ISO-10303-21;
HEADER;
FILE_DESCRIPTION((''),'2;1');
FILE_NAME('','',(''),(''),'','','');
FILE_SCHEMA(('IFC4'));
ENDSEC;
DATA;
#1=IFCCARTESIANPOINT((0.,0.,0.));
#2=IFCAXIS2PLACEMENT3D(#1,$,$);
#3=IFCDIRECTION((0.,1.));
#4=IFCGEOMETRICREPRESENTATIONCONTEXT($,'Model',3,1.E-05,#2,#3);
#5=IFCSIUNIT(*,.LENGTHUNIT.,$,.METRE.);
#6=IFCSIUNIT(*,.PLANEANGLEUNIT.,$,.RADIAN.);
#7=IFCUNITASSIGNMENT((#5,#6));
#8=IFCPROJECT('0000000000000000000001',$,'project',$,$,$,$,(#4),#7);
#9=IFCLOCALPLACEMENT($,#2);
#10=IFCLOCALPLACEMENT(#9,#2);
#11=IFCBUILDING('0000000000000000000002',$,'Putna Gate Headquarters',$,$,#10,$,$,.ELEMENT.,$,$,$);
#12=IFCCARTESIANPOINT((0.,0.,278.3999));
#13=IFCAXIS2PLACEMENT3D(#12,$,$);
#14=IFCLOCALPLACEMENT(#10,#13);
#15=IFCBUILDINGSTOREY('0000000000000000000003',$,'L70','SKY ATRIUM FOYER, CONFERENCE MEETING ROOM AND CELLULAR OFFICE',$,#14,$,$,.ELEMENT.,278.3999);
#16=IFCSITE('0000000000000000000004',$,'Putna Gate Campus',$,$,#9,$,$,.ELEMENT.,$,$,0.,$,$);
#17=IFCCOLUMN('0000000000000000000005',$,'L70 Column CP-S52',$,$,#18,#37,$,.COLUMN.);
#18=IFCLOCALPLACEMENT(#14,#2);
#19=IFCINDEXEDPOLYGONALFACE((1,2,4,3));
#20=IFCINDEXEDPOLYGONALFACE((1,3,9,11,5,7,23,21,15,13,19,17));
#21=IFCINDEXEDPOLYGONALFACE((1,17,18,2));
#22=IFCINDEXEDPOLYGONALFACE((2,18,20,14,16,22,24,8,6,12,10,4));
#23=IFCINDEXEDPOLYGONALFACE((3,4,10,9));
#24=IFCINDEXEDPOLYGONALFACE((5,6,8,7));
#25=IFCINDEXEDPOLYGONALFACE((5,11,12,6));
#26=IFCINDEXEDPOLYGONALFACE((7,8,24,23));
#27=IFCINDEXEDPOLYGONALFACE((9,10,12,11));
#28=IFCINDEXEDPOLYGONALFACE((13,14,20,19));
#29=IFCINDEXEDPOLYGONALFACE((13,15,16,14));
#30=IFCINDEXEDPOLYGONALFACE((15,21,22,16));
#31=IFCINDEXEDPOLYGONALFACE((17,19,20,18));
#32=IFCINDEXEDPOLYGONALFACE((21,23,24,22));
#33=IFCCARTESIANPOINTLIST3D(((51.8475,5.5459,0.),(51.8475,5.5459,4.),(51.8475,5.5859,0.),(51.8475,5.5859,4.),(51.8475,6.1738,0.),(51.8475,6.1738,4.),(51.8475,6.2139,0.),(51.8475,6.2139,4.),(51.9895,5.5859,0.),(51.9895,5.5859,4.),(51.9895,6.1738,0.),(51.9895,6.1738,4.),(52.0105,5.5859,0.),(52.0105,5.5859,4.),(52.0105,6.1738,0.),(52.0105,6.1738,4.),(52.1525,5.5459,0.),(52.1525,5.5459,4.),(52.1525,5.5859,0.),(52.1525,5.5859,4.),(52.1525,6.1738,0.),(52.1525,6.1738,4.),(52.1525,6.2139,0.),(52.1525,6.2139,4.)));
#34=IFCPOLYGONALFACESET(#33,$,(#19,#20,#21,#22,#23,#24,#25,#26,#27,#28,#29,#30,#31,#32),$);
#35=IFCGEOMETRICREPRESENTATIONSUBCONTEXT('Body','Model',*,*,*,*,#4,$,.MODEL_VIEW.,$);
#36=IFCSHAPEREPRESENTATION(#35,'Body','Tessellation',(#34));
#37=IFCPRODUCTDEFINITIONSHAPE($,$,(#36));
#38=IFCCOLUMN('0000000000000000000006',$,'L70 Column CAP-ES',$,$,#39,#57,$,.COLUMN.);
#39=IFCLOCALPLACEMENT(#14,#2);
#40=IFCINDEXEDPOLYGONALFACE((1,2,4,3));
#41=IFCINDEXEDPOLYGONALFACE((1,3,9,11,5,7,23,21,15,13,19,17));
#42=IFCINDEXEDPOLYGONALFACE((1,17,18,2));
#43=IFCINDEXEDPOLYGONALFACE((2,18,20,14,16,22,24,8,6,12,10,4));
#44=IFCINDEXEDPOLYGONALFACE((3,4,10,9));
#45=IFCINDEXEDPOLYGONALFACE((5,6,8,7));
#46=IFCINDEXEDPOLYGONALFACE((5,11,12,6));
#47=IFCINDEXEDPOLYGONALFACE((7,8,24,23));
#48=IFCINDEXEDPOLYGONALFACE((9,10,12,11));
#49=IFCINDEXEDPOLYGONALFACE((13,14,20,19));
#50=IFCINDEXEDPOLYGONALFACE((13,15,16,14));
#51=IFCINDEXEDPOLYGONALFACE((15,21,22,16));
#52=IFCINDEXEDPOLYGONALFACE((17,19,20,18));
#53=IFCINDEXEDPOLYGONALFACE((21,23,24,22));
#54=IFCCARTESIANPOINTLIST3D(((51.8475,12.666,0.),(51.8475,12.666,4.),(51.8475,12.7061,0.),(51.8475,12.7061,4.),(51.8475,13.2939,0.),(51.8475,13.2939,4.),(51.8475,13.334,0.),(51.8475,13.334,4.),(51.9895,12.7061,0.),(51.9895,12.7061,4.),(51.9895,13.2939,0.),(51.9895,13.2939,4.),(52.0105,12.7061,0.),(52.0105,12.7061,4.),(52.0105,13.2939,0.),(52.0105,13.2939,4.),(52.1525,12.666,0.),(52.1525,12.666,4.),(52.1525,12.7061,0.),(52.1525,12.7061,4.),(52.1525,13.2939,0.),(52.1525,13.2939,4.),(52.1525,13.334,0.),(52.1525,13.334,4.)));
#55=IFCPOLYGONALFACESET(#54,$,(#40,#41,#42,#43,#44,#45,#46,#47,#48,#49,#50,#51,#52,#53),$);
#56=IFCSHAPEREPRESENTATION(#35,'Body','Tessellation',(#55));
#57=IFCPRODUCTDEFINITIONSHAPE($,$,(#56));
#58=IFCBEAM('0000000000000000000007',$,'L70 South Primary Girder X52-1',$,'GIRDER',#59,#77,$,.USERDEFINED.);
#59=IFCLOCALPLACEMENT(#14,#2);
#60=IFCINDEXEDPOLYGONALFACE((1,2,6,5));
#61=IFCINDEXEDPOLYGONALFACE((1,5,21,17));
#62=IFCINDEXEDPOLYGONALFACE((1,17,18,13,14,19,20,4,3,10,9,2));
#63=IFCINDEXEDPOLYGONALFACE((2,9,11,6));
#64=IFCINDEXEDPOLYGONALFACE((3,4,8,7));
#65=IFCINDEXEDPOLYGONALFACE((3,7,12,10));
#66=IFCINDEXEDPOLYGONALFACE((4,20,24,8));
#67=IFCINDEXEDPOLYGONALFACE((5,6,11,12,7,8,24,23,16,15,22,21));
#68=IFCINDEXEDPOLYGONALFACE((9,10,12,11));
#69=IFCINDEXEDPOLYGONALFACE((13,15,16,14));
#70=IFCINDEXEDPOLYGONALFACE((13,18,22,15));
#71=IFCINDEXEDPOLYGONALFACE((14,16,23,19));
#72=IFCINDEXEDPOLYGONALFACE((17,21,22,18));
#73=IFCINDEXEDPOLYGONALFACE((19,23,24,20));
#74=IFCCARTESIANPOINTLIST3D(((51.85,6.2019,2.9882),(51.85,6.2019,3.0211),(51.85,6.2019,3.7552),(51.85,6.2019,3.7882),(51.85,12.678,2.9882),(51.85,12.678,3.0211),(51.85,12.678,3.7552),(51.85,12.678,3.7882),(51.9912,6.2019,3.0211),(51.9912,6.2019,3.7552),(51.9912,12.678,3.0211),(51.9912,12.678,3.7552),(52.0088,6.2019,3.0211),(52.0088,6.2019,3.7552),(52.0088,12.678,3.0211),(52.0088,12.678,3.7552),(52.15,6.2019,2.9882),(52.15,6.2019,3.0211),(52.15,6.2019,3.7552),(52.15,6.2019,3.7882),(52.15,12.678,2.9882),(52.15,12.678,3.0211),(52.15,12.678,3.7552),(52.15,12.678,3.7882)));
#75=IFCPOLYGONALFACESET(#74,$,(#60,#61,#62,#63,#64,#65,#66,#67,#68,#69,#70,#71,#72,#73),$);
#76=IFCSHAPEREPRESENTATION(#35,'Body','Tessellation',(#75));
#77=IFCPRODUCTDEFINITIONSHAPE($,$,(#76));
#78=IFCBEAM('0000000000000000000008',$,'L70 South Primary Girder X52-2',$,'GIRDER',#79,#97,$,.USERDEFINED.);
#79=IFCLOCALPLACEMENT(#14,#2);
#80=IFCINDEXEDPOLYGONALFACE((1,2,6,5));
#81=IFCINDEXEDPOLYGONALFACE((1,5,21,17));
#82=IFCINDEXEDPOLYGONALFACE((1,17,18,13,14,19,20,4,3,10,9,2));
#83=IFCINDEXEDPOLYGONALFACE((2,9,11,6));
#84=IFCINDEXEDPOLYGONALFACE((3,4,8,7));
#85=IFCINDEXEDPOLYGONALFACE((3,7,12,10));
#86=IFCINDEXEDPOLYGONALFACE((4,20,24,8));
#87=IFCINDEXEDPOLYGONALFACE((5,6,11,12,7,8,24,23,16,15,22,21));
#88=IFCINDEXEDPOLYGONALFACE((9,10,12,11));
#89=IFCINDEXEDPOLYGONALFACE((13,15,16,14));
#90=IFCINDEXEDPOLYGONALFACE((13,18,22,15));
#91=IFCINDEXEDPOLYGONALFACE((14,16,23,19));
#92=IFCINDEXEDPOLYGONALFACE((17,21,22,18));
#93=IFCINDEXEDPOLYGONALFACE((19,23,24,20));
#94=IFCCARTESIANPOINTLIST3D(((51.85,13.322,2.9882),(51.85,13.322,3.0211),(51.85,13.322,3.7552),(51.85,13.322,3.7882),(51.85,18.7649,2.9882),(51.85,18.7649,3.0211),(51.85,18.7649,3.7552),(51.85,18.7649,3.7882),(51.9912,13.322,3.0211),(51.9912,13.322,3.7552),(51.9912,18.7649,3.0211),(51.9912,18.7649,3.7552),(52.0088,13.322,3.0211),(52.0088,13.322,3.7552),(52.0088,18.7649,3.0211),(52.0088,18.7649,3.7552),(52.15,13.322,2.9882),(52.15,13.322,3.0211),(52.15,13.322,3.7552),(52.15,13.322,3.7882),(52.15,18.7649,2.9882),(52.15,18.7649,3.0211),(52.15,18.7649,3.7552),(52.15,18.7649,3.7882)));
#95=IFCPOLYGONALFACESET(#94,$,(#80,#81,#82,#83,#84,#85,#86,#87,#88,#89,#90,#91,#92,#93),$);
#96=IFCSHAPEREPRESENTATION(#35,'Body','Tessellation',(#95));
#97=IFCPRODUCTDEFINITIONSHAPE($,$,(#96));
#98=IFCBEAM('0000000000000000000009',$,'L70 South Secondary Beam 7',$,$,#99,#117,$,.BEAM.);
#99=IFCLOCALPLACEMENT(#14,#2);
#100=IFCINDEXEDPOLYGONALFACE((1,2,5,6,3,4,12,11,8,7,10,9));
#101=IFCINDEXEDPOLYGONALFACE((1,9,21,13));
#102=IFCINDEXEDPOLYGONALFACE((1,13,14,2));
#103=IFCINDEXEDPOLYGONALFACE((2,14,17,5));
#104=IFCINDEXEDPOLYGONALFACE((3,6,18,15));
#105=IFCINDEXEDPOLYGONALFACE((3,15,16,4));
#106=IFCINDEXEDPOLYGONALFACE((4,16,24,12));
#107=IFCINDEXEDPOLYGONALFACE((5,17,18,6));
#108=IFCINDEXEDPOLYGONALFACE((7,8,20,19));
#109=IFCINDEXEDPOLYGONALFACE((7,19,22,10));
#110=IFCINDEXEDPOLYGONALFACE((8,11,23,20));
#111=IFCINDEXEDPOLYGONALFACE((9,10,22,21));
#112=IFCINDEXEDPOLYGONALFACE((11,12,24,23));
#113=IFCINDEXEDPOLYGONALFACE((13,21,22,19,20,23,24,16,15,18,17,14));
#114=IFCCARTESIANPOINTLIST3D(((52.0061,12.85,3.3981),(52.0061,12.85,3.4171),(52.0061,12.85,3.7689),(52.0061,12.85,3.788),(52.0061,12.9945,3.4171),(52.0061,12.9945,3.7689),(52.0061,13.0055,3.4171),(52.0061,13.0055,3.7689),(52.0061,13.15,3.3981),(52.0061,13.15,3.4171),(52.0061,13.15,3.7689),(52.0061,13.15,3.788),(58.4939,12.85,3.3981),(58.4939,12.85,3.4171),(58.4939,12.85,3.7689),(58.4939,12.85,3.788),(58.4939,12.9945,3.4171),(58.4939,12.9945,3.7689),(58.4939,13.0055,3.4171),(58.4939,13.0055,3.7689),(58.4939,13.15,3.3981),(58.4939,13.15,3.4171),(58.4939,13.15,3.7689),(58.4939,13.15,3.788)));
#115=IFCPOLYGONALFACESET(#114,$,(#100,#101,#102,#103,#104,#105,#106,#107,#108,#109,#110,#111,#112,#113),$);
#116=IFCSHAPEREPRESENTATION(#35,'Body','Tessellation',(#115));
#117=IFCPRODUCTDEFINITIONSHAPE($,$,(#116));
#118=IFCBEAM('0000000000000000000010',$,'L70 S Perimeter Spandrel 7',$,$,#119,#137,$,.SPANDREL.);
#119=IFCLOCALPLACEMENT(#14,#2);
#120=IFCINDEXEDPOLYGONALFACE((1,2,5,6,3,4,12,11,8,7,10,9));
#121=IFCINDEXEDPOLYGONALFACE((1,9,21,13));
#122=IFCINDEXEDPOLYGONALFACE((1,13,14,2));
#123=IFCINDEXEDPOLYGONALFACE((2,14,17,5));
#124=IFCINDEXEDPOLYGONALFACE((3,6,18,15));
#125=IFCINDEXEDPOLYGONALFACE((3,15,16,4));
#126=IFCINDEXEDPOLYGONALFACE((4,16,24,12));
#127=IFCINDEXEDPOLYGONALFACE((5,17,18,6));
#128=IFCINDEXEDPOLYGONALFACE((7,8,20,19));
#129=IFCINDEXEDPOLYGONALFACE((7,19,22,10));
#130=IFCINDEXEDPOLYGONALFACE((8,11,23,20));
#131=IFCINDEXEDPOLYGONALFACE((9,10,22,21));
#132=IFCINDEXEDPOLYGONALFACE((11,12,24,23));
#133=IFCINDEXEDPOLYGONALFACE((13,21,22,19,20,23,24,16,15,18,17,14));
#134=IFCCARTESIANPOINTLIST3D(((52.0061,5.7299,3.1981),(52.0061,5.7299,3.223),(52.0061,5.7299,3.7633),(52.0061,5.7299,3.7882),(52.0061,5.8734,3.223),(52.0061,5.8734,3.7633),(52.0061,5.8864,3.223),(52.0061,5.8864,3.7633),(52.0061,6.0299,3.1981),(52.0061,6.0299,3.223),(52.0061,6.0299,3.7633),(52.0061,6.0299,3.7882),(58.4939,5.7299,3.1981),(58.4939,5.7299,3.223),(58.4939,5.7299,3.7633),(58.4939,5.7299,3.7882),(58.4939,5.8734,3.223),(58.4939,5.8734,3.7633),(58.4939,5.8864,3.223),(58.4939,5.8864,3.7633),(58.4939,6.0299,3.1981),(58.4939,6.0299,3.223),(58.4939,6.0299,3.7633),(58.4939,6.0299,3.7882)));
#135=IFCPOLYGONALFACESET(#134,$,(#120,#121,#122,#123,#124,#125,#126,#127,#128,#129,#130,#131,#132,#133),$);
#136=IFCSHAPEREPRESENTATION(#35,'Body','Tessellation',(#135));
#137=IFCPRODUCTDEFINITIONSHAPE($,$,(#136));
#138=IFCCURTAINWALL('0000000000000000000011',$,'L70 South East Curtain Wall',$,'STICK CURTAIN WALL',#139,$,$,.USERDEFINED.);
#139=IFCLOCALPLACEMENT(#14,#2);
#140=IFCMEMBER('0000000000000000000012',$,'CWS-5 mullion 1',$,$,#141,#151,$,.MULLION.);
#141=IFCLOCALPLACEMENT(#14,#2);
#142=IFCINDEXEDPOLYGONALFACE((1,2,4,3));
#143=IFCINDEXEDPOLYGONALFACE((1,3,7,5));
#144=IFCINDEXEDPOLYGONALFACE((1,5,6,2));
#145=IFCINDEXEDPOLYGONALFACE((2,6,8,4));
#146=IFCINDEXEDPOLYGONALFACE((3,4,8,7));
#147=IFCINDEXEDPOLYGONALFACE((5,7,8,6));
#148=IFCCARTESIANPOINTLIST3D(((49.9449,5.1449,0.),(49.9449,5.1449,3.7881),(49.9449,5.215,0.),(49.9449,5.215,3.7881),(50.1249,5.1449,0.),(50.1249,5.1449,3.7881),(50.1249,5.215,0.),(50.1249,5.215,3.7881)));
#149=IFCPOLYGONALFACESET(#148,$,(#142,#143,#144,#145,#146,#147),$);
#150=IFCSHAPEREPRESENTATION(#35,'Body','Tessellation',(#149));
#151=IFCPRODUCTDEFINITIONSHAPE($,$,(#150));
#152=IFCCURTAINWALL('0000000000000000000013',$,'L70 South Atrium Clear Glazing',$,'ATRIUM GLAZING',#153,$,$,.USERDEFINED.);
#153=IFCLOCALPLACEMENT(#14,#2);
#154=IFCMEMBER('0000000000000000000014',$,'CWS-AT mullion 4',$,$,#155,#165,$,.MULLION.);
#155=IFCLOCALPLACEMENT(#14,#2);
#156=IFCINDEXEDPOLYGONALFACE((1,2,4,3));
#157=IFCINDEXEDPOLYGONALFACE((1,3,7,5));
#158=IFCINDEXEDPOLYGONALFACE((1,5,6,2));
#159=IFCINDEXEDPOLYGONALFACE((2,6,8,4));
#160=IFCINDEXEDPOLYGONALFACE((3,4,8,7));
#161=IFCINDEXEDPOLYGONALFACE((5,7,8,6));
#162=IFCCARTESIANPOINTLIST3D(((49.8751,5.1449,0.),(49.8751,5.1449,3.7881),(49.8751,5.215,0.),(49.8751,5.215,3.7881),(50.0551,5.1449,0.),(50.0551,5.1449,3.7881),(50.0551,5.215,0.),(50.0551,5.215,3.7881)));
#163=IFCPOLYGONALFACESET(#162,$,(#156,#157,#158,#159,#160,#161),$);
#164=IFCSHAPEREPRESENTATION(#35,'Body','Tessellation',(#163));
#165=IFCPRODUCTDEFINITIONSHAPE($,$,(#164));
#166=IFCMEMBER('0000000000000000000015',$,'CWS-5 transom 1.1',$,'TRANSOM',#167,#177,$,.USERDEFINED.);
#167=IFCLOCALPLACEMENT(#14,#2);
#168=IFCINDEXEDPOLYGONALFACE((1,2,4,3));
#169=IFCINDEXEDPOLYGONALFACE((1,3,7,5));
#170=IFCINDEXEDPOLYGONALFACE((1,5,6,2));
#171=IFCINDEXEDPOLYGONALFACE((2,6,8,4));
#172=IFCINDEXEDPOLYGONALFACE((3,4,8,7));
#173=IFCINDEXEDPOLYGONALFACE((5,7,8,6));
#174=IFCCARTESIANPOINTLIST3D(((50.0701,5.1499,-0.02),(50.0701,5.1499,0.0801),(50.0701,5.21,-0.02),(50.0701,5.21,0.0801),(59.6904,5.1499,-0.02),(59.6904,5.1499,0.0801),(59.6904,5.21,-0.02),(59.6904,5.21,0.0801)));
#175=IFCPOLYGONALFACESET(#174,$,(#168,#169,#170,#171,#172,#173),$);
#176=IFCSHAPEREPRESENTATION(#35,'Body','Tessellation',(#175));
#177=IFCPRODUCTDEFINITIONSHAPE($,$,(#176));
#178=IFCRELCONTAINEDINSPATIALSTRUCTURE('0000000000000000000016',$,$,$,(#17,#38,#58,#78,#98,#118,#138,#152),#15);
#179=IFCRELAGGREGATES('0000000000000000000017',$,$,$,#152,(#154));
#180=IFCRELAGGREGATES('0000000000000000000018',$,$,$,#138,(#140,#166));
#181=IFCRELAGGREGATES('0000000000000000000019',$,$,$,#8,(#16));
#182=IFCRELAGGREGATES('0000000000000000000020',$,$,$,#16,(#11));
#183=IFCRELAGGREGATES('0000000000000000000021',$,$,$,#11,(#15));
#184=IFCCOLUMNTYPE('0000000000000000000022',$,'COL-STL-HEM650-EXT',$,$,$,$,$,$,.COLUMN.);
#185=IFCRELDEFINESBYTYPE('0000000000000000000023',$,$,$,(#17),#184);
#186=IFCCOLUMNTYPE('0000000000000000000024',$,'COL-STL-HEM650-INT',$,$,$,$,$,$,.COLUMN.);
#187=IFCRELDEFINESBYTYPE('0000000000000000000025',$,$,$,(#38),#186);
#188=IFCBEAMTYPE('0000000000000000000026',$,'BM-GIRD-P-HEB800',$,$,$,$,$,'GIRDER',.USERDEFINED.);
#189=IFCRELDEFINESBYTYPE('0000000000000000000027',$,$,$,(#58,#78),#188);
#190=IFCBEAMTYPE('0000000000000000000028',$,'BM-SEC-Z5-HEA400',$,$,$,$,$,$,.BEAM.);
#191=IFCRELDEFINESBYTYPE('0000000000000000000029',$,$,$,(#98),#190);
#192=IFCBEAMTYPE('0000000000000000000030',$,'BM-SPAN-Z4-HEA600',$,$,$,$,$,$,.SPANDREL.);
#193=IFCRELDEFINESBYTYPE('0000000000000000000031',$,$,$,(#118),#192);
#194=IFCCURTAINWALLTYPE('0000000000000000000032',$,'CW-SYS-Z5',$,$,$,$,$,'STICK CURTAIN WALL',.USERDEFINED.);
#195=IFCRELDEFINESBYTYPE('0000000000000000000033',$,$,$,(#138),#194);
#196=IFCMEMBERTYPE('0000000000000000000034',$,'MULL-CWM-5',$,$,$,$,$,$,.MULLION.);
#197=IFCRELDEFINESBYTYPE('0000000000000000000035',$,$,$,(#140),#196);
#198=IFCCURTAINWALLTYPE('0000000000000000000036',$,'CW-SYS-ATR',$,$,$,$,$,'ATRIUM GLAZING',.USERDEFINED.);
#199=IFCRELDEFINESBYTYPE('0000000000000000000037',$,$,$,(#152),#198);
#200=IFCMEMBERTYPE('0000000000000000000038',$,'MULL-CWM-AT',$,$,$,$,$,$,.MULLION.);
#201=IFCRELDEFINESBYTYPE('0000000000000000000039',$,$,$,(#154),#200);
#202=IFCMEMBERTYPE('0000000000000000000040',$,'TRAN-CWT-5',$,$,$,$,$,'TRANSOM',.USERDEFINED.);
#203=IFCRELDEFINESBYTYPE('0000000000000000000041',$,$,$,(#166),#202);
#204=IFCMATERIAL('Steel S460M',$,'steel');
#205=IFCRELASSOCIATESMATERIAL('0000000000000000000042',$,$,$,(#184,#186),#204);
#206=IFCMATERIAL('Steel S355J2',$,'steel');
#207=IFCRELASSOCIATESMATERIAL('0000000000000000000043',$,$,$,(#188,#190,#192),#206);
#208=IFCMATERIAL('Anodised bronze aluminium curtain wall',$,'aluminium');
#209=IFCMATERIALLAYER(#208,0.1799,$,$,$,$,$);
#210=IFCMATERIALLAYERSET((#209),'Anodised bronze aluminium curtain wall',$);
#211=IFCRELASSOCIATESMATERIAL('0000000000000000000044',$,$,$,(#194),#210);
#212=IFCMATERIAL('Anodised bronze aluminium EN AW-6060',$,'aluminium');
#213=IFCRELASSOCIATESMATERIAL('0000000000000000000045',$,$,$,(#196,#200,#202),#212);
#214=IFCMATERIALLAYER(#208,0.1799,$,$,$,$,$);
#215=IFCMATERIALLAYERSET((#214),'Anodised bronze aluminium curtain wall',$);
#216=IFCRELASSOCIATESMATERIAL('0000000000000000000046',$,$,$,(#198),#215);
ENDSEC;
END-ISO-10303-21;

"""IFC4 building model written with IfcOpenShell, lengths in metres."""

from ifc_helpers import new_model, si_unit, direction, frame, origin, origin_2d, place, context, subcontext, project, spatial, rectangle, i_section, extrude, material, layer, layer_set, material_profile, profile_set, type_object, element, aggregate, save


model = new_model("IFC4")

# Units and contexts
model_context = context("Model", 3, precision=1e-05, world=origin(), true_north=direction((0.0, 1.0)))
body_context = subcontext(model_context, "Body", "Model", "MODEL_VIEW")
ifc_project = project(units=[si_unit("LENGTHUNIT", "METRE"), si_unit("PLANEANGLEUNIT", "RADIAN")], contexts=[model_context])

# Site, building, storey
site_placement = place(None, origin())
site = spatial("IfcSite", under=ifc_project, at=site_placement, Name="Putna Gate Campus", CompositionType="ELEMENT", RefElevation=0.0)
building_placement = place(site_placement, origin())
building = spatial("IfcBuilding", under=site, at=building_placement, Name="Putna Gate Headquarters", CompositionType="ELEMENT")
storey_placement = place(building_placement, frame((0.0, 0.0, 278.3999)))
storey = spatial("IfcBuildingStorey", under=building, at=storey_placement, Name="L70", Description="SKY ATRIUM FOYER, CONFERENCE MEETING ROOM AND CELLULAR OFFICE", CompositionType="ELEMENT", Elevation=278.3999)

# Columns
ifc_material_1 = material(Name="Steel S460M", Category="steel")
ifc_material_profile_1 = material_profile(ifc_material_1, i_section(OverallWidth=0.3049, OverallDepth=0.668, WebThickness=0.021, FlangeThickness=0.04, at=origin_2d()), Name="Steel S460M")
ifc_profile_set_1 = profile_set([ifc_material_profile_1], Name="Steel S460M")
column_type_1 = type_object("IfcColumnType", Name="COL-STL-HEM650-EXT", PredefinedType="COLUMN", material=ifc_profile_set_1)
column_1_placement = place(storey_placement, frame((52.0, 5.8799, 0.0), z_axis=(0.0, 0.0, 1.0), x_axis=(1.0, 0.0, 0.0)))
element("IfcColumn", 1, at=column_1_placement, inside=storey, type_object=column_type_1, Name="L70 Column CP-S52", PredefinedType="COLUMN", context=body_context, shape_type="SweptSolid", body=[
    extrude(i_section(OverallWidth=0.3049, OverallDepth=0.668, WebThickness=0.021, FlangeThickness=0.04, at=origin_2d()), origin(), (0.0, 0.0, 1.0), 4.0),
])
ifc_material_profile_2 = material_profile(ifc_material_1, i_section(OverallWidth=0.3049, OverallDepth=0.668, WebThickness=0.021, FlangeThickness=0.04, at=origin_2d()), Name="Steel S460M")
ifc_profile_set_2 = profile_set([ifc_material_profile_2], Name="Steel S460M")
column_type_2 = type_object("IfcColumnType", Name="COL-STL-HEM650-INT", PredefinedType="COLUMN", material=ifc_profile_set_2)
column_2_placement = place(storey_placement, frame((52.0, 13.0, 0.0), z_axis=(0.0, 0.0, 1.0), x_axis=(1.0, 0.0, 0.0)))
element("IfcColumn", 2, at=column_2_placement, inside=storey, type_object=column_type_2, Name="L70 Column CAP-ES", PredefinedType="COLUMN", context=body_context, shape_type="SweptSolid", body=[
    extrude(i_section(OverallWidth=0.3049, OverallDepth=0.668, WebThickness=0.021, FlangeThickness=0.04, at=origin_2d()), origin(), (0.0, 0.0, 1.0), 4.0),
])

# Beams
ifc_material_2 = material(Name="Steel S355J2", Category="steel")
ifc_material_profile_3 = material_profile(ifc_material_2, i_section(OverallWidth=0.3, OverallDepth=0.8, WebThickness=0.0176, FlangeThickness=0.033, at=origin_2d()), Name="Steel S355J2")
ifc_profile_set_3 = profile_set([ifc_material_profile_3], Name="Steel S355J2")
beam_type_1 = type_object("IfcBeamType", Name="BM-GIRD-P-HEB800", ElementType="GIRDER", PredefinedType="USERDEFINED", material=ifc_profile_set_3)
beam_1_placement = place(storey_placement, frame((52.0, 6.2019, 3.3882), z_axis=(0.0, 1.0, 0.0), x_axis=(-1.0, 0.0, 0.0)))
element("IfcBeam", 3, at=beam_1_placement, inside=storey, type_object=beam_type_1, Name="L70 South Primary Girder X52-1", ObjectType="GIRDER", PredefinedType="USERDEFINED", context=body_context, shape_type="SweptSolid", body=[
    extrude(i_section(OverallWidth=0.3, OverallDepth=0.8, WebThickness=0.0176, FlangeThickness=0.033, at=origin_2d()), origin(), (0.0, 0.0, 1.0), 6.4761),
])
beam_2_placement = place(storey_placement, frame((52.0, 13.322, 3.3882), z_axis=(0.0, 1.0, 0.0), x_axis=(-1.0, 0.0, 0.0)))
element("IfcBeam", 4, at=beam_2_placement, inside=storey, type_object=beam_type_1, Name="L70 South Primary Girder X52-2", ObjectType="GIRDER", PredefinedType="USERDEFINED", context=body_context, shape_type="SweptSolid", body=[
    extrude(i_section(OverallWidth=0.3, OverallDepth=0.8, WebThickness=0.0176, FlangeThickness=0.033, at=origin_2d()), origin(), (0.0, 0.0, 1.0), 5.4429),
])
ifc_material_profile_4 = material_profile(ifc_material_2, i_section(OverallWidth=0.3, OverallDepth=0.3899, WebThickness=0.011, FlangeThickness=0.019, at=origin_2d()), Name="Steel S355J2")
ifc_profile_set_4 = profile_set([ifc_material_profile_4], Name="Steel S355J2")
beam_type_2 = type_object("IfcBeamType", Name="BM-SEC-Z5-HEA400", PredefinedType="BEAM", material=ifc_profile_set_4)
beam_3_placement = place(storey_placement, frame((52.0061, 13.0, 3.593), z_axis=(1.0, 0.0, 0.0), x_axis=(0.0, 1.0, 0.0)))
element("IfcBeam", 5, at=beam_3_placement, inside=storey, type_object=beam_type_2, Name="L70 South Secondary Beam 7", PredefinedType="BEAM", context=body_context, shape_type="SweptSolid", body=[
    extrude(i_section(OverallWidth=0.3, OverallDepth=0.3899, WebThickness=0.011, FlangeThickness=0.019, at=origin_2d()), origin(), (0.0, 0.0, 1.0), 6.4878),
])
ifc_material_profile_5 = material_profile(ifc_material_2, i_section(OverallWidth=0.3, OverallDepth=0.5901, WebThickness=0.0129, FlangeThickness=0.0249, at=origin_2d()), Name="Steel S355J2")
ifc_profile_set_5 = profile_set([ifc_material_profile_5], Name="Steel S355J2")
beam_type_3 = type_object("IfcBeamType", Name="BM-SPAN-Z4-HEA600", PredefinedType="SPANDREL", material=ifc_profile_set_5)
beam_4_placement = place(storey_placement, frame((52.0061, 5.8799, 3.4932), z_axis=(1.0, 0.0, 0.0), x_axis=(0.0, 1.0, 0.0)))
element("IfcBeam", 6, at=beam_4_placement, inside=storey, type_object=beam_type_3, Name="L70 S Perimeter Spandrel 7", PredefinedType="SPANDREL", context=body_context, shape_type="SweptSolid", body=[
    extrude(i_section(OverallWidth=0.3, OverallDepth=0.5901, WebThickness=0.0129, FlangeThickness=0.0249, at=origin_2d()), origin(), (0.0, 0.0, 1.0), 6.4878),
])

# Curtain walls, members
ifc_material_3 = material(Name="Anodised bronze aluminium curtain wall", Category="aluminium")
ifc_layer_1 = layer(ifc_material_3, 0.1799)
ifc_layer_set_1 = layer_set([ifc_layer_1], Name="Anodised bronze aluminium curtain wall")
curtain_wall_type_1 = type_object("IfcCurtainWallType", Name="CW-SYS-Z5", ElementType="STICK CURTAIN WALL", PredefinedType="USERDEFINED", material=ifc_layer_set_1)
curtain_wall_1_placement = place(storey_placement, origin())
curtain_wall_1 = element("IfcCurtainWall", 7, at=curtain_wall_1_placement, inside=storey, type_object=curtain_wall_type_1, Name="L70 South East Curtain Wall", ObjectType="STICK CURTAIN WALL", PredefinedType="USERDEFINED")
ifc_material_4 = material(Name="Anodised bronze aluminium EN AW-6060", Category="aluminium")
ifc_material_profile_6 = material_profile(ifc_material_4, rectangle(XDim=0.0701, YDim=0.1799, at=origin_2d()), Name="Anodised bronze aluminium EN AW-6060")
ifc_profile_set_6 = profile_set([ifc_material_profile_6], Name="Anodised bronze aluminium EN AW-6060")
member_type_1 = type_object("IfcMemberType", Name="MULL-CWM-5", PredefinedType="MULLION", material=ifc_profile_set_6)
member_1_placement = place(storey_placement, frame((50.0349, 5.1799, 0.0), z_axis=(0.0, 0.0, 1.0), x_axis=(0.0, 1.0, 0.0)))
member_1 = element("IfcMember", 8, at=member_1_placement, type_object=member_type_1, Name="CWS-5 mullion 1", PredefinedType="MULLION", context=body_context, shape_type="SweptSolid", body=[
    extrude(rectangle(XDim=0.0701, YDim=0.1799, at=origin_2d()), origin(), (0.0, 0.0, 1.0), 3.7881),
])
ifc_layer_2 = layer(ifc_material_3, 0.1799)
ifc_layer_set_2 = layer_set([ifc_layer_2], Name="Anodised bronze aluminium curtain wall")
curtain_wall_type_2 = type_object("IfcCurtainWallType", Name="CW-SYS-ATR", ElementType="ATRIUM GLAZING", PredefinedType="USERDEFINED", material=ifc_layer_set_2)
curtain_wall_2_placement = place(storey_placement, origin())
curtain_wall_2 = element("IfcCurtainWall", 9, at=curtain_wall_2_placement, inside=storey, type_object=curtain_wall_type_2, Name="L70 South Atrium Clear Glazing", ObjectType="ATRIUM GLAZING", PredefinedType="USERDEFINED")
ifc_material_profile_7 = material_profile(ifc_material_4, rectangle(XDim=0.0701, YDim=0.1799, at=origin_2d()), Name="Anodised bronze aluminium EN AW-6060")
ifc_profile_set_7 = profile_set([ifc_material_profile_7], Name="Anodised bronze aluminium EN AW-6060")
member_type_2 = type_object("IfcMemberType", Name="MULL-CWM-AT", PredefinedType="MULLION", material=ifc_profile_set_7)
member_2_placement = place(storey_placement, frame((49.9651, 5.1799, 0.0), z_axis=(0.0, 0.0, 1.0), x_axis=(0.0, 1.0, 0.0)))
member_2 = element("IfcMember", 10, at=member_2_placement, type_object=member_type_2, Name="CWS-AT mullion 4", PredefinedType="MULLION", context=body_context, shape_type="SweptSolid", body=[
    extrude(rectangle(XDim=0.0701, YDim=0.1799, at=origin_2d()), origin(), (0.0, 0.0, 1.0), 3.7881),
])
aggregate(curtain_wall_2, [member_2])

# Member
ifc_material_profile_8 = material_profile(ifc_material_4, rectangle(XDim=0.0601, YDim=0.1001, at=origin_2d()), Name="Anodised bronze aluminium EN AW-6060")
ifc_profile_set_8 = profile_set([ifc_material_profile_8], Name="Anodised bronze aluminium EN AW-6060")
member_type_3 = type_object("IfcMemberType", Name="TRAN-CWT-5", ElementType="TRANSOM", PredefinedType="USERDEFINED", material=ifc_profile_set_8)
member_3_placement = place(storey_placement, frame((50.0701, 5.1799, 0.03), z_axis=(1.0, 0.0, 0.0), x_axis=(0.0, 1.0, 0.0)))
member_3 = element("IfcMember", 11, at=member_3_placement, type_object=member_type_3, Name="CWS-5 transom 1.1", ObjectType="TRANSOM", PredefinedType="USERDEFINED", context=body_context, shape_type="SweptSolid", body=[
    extrude(rectangle(XDim=0.0601, YDim=0.1001, at=origin_2d()), origin(), (0.0, 0.0, 1.0), 9.6204),
])

aggregate(curtain_wall_1, [member_1, member_3])

save(model, "model.ifc")
